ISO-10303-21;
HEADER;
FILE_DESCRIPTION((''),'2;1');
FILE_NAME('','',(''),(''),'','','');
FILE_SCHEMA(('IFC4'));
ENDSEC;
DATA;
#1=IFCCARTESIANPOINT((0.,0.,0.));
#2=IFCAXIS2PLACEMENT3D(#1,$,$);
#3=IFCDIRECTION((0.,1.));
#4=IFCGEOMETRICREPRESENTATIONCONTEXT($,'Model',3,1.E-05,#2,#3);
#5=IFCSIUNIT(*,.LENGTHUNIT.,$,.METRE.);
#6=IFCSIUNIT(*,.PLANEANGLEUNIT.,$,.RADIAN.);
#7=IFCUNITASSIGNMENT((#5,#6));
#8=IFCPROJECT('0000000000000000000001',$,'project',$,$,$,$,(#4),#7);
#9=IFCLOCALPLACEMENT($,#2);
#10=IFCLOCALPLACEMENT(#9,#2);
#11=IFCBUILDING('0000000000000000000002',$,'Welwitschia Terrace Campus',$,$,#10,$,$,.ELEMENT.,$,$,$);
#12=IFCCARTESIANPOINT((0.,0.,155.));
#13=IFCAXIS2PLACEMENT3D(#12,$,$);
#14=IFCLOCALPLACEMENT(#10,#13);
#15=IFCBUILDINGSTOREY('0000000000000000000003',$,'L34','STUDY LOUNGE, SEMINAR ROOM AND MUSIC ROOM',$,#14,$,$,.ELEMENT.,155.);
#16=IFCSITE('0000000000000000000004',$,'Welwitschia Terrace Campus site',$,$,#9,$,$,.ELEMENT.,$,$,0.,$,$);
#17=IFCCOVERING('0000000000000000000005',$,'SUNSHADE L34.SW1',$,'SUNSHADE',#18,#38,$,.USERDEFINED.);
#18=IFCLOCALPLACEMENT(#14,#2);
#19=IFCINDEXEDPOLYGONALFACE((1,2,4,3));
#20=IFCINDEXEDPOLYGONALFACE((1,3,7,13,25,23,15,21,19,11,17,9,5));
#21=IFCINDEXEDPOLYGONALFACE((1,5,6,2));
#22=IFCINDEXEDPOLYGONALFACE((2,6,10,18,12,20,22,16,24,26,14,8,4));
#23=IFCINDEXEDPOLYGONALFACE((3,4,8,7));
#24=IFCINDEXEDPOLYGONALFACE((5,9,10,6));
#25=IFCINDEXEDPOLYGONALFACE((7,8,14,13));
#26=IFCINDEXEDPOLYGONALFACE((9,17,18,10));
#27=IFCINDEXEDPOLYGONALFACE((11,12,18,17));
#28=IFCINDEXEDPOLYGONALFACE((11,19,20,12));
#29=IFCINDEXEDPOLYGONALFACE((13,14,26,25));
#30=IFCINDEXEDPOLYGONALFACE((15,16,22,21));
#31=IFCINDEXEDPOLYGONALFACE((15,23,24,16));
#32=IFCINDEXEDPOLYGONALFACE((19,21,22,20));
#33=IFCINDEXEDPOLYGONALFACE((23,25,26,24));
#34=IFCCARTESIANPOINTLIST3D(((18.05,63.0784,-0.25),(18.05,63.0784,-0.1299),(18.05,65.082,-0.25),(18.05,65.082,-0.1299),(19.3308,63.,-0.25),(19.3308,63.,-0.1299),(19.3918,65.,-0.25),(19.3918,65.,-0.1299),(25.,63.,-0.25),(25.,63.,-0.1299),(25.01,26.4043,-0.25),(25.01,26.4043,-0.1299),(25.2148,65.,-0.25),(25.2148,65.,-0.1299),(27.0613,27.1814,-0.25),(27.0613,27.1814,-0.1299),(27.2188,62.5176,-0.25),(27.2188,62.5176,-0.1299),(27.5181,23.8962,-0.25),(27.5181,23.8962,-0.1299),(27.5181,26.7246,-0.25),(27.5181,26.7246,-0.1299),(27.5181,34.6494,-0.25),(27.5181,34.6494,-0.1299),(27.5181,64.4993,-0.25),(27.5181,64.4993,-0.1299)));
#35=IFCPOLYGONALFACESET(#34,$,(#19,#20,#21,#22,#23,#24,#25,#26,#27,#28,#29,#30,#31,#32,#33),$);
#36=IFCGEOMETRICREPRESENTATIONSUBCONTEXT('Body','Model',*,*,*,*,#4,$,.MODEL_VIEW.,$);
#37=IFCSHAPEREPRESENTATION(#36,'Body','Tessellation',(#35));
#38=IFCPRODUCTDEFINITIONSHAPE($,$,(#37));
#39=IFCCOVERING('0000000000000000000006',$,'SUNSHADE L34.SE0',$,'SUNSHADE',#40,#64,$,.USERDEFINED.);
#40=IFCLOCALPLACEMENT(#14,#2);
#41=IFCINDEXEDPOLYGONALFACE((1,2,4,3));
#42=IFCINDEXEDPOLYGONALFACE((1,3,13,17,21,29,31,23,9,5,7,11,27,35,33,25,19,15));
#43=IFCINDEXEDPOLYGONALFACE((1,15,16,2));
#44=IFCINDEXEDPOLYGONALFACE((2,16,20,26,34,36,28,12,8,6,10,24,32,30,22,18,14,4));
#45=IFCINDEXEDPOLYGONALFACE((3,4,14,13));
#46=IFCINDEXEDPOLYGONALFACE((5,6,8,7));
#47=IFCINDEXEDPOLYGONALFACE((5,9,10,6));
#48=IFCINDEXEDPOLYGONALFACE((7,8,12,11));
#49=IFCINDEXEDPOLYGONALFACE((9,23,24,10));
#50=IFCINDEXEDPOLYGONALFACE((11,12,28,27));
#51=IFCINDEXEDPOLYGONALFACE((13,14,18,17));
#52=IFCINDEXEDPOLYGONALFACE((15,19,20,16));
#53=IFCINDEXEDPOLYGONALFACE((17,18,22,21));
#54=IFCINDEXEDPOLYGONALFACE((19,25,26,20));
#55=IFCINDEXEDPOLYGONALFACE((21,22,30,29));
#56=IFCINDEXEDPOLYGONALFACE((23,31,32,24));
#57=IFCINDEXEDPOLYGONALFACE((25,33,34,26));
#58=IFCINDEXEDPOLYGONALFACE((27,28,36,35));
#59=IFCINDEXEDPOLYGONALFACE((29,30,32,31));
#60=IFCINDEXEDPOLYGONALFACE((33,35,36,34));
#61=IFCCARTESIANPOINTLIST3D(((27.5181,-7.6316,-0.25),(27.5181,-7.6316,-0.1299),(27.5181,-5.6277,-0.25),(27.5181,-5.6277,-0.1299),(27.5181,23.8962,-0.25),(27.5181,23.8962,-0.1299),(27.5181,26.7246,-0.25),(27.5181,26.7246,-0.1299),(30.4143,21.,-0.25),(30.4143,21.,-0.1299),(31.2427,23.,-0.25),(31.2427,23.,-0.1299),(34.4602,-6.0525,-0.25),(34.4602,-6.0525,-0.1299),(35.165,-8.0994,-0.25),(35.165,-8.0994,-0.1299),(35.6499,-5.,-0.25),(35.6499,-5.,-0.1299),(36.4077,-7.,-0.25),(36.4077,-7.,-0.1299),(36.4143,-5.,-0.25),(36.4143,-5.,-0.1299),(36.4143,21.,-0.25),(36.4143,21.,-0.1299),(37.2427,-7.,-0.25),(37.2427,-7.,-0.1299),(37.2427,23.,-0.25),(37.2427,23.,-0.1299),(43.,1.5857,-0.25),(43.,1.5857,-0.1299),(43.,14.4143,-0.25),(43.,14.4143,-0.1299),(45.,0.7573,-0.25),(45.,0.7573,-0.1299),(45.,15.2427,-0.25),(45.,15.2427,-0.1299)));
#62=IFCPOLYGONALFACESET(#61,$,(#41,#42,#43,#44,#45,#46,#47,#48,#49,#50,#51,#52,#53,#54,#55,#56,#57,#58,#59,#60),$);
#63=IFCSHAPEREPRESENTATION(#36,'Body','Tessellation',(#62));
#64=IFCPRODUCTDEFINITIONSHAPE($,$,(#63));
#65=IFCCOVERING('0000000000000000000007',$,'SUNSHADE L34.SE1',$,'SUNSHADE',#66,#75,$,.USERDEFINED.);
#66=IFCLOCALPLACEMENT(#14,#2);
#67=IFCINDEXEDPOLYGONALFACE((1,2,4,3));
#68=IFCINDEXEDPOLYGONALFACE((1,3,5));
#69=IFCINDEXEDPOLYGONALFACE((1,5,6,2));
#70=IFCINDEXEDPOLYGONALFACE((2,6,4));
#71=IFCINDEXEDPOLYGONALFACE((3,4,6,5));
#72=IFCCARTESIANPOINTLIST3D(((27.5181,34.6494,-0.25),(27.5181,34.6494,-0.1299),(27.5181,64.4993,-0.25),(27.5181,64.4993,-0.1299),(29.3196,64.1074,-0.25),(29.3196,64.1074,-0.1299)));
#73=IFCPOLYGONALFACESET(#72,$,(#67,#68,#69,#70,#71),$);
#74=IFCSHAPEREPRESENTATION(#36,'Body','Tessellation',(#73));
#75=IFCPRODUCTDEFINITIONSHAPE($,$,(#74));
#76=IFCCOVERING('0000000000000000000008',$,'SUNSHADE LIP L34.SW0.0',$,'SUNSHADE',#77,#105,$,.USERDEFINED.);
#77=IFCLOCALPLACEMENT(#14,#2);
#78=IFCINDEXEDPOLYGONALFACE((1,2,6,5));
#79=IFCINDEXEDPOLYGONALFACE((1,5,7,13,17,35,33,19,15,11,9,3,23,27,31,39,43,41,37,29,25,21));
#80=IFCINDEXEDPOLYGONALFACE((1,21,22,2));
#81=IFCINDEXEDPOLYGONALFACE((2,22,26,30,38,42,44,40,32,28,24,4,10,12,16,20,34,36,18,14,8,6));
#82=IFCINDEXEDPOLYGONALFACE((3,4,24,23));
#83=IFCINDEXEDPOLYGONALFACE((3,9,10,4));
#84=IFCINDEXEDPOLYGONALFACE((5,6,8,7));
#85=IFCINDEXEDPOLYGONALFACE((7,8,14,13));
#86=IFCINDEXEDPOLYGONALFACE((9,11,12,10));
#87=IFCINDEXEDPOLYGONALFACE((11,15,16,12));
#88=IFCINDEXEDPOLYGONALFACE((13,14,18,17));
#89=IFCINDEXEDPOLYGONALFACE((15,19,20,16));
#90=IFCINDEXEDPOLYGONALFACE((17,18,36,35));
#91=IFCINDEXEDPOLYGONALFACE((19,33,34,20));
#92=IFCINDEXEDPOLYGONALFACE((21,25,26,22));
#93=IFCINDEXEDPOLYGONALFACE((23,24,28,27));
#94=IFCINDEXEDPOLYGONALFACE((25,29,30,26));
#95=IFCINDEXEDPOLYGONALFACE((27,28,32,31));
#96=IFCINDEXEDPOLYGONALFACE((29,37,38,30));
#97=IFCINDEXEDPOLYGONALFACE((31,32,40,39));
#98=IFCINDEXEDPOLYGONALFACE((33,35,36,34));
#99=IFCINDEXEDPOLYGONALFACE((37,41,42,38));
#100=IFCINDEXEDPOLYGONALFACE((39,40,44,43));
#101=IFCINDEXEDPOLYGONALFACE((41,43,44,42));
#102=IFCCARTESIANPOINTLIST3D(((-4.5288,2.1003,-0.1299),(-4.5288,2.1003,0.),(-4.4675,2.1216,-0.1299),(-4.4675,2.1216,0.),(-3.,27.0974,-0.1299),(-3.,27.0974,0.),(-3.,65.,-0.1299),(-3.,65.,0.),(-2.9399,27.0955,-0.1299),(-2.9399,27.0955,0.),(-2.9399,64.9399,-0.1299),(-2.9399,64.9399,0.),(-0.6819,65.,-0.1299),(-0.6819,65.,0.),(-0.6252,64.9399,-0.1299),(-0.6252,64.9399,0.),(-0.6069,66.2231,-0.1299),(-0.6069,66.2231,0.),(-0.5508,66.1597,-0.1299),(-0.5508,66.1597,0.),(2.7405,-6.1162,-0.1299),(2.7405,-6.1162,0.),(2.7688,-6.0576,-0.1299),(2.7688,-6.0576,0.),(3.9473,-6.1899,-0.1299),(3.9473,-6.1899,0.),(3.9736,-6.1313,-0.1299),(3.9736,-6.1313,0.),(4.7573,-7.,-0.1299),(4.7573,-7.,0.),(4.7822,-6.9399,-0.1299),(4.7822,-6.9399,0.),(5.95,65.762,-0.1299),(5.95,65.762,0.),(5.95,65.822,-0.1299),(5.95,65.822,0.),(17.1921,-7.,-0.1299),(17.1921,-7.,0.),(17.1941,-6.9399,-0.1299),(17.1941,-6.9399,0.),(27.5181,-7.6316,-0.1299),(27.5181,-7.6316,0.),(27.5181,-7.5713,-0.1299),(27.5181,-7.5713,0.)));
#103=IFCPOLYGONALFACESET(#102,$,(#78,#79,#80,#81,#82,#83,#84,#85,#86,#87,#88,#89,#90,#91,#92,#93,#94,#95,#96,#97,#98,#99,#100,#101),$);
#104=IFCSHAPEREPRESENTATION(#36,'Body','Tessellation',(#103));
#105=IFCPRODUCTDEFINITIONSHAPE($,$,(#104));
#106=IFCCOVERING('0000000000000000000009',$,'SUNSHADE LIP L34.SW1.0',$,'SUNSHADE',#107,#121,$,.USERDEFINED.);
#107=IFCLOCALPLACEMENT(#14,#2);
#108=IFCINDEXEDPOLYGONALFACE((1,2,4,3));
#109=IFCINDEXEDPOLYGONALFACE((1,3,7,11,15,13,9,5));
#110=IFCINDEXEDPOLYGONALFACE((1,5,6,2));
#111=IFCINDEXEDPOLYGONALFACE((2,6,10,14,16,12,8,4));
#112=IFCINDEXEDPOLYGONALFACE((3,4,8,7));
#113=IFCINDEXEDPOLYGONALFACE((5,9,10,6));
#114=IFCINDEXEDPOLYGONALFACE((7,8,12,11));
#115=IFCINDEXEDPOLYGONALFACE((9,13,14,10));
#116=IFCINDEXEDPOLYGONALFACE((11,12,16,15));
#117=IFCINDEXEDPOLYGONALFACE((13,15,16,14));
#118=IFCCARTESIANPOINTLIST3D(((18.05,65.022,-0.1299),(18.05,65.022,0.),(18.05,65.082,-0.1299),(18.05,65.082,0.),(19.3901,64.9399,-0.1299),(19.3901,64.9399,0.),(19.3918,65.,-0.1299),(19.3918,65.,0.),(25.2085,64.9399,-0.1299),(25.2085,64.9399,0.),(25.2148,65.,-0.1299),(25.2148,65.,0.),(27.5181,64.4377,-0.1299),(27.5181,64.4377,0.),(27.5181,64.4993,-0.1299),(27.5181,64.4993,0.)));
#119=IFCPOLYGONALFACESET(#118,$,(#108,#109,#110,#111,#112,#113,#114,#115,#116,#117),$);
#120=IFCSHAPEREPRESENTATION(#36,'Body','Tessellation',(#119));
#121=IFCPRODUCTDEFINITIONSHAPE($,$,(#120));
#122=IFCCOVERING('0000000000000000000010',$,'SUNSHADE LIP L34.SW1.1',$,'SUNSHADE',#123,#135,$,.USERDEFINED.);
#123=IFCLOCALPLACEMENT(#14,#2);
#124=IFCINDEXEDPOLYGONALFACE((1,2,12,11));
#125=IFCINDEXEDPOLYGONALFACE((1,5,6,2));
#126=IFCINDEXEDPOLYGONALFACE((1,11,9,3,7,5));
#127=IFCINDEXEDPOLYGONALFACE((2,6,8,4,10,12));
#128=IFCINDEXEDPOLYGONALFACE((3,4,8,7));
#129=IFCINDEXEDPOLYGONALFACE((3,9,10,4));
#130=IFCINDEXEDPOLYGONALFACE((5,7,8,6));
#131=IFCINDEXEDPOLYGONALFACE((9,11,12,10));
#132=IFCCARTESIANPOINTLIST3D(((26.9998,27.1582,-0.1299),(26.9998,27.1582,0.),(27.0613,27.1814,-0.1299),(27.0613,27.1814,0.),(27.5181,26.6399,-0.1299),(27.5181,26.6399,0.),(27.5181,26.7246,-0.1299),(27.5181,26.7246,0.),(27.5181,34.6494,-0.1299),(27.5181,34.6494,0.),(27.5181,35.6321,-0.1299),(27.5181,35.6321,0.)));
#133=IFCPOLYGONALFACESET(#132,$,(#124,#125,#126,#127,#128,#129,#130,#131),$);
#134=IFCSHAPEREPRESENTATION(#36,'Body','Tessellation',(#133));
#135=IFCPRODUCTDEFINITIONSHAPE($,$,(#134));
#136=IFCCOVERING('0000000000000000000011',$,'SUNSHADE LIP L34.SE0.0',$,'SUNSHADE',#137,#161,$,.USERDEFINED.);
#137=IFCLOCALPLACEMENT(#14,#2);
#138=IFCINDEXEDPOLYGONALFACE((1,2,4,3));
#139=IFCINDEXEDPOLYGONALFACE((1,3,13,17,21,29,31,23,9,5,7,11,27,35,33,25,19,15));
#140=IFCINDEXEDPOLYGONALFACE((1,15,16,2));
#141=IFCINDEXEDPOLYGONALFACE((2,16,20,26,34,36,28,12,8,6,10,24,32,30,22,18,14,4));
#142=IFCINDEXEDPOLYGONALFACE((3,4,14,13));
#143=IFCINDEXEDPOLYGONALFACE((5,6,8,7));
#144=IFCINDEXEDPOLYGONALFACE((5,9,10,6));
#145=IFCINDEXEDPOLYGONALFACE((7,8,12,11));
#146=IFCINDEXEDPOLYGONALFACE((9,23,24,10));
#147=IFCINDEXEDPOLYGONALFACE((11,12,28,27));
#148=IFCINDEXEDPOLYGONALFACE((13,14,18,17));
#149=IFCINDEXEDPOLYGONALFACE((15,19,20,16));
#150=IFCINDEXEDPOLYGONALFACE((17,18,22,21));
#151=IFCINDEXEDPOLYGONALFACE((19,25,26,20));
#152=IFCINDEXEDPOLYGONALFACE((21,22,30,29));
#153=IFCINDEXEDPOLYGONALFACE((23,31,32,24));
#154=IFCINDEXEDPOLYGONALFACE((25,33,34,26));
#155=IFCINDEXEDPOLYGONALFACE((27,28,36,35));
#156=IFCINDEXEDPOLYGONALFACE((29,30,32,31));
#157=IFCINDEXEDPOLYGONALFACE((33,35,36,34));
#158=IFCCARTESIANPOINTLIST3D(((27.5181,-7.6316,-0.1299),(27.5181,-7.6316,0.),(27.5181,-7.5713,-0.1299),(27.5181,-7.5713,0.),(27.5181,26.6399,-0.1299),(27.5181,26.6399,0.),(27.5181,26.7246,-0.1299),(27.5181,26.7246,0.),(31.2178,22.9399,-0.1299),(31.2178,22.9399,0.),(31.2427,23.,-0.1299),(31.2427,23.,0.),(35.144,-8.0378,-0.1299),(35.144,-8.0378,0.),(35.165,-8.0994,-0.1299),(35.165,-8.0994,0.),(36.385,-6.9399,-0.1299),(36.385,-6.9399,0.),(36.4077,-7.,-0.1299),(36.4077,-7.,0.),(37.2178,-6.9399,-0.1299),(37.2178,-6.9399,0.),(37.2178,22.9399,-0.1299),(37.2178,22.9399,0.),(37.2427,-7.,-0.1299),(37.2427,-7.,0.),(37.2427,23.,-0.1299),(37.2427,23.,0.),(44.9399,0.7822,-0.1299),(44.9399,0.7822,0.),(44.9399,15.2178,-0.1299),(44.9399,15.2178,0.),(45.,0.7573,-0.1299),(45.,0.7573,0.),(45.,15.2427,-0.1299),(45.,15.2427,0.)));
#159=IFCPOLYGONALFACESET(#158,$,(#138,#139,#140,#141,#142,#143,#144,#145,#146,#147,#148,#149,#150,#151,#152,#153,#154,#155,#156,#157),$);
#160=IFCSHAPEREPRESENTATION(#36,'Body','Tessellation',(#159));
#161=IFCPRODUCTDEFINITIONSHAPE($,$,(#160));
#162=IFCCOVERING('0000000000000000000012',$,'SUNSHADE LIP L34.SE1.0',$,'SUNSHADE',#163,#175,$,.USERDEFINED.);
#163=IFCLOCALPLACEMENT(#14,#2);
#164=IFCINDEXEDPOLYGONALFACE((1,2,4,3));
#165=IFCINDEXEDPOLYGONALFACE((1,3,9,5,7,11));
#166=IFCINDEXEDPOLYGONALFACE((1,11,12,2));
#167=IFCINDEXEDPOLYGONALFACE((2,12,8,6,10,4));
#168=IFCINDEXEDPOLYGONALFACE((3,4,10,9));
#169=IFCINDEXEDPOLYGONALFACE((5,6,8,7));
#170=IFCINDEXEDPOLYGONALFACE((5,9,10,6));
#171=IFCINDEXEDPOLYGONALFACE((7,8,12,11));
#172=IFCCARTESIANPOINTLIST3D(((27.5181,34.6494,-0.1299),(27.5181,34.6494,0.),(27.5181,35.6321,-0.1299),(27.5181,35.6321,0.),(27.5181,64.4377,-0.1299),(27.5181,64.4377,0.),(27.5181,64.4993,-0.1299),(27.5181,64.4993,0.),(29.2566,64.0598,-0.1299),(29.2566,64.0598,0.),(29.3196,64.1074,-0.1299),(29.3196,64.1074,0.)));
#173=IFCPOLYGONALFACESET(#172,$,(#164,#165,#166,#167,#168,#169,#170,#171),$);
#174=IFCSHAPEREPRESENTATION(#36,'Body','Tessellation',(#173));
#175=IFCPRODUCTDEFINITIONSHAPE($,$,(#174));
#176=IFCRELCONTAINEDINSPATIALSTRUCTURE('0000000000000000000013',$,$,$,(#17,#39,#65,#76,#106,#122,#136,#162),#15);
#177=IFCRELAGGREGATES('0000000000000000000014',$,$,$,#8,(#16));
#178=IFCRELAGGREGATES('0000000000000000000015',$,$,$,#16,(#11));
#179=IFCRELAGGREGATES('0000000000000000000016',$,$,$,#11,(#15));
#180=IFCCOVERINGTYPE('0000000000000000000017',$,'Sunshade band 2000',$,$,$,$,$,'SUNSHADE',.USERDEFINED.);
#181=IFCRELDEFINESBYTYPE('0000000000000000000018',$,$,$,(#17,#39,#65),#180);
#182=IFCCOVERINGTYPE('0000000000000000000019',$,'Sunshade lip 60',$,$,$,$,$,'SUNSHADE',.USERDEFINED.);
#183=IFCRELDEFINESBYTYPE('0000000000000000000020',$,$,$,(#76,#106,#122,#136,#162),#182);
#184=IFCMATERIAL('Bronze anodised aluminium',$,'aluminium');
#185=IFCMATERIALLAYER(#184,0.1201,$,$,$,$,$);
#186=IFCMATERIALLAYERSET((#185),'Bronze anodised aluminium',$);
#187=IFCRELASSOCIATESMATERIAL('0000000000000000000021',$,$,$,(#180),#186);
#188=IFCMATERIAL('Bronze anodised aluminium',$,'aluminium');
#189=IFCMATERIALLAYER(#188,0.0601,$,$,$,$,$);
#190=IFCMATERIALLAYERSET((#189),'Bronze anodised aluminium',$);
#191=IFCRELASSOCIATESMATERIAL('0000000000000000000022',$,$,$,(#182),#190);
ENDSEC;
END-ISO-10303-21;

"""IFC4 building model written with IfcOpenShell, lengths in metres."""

from ifc_helpers import new_model, si_unit, direction, frame, origin, place, context, subcontext, project, spatial, polyline, outline, extrude, material, layer, layer_set, type_object, element, save


model = new_model("IFC4")

# Units and contexts
model_context = context("Model", 3, precision=1e-05, world=origin(), true_north=direction((0.0, 1.0)))
body_context = subcontext(model_context, "Body", "Model", "MODEL_VIEW")
ifc_project = project(units=[si_unit("LENGTHUNIT", "METRE"), si_unit("PLANEANGLEUNIT", "RADIAN")], contexts=[model_context])

# Site, building, storey
site_placement = place(None, origin())
site = spatial("IfcSite", under=ifc_project, at=site_placement, Name="Welwitschia Terrace Campus site", CompositionType="ELEMENT", RefElevation=0.0)
building_placement = place(site_placement, origin())
building = spatial("IfcBuilding", under=site, at=building_placement, Name="Welwitschia Terrace Campus", CompositionType="ELEMENT")
storey_placement = place(building_placement, frame((0.0, 0.0, 155.0)))
storey = spatial("IfcBuildingStorey", under=building, at=storey_placement, Name="L34", Description="STUDY LOUNGE, SEMINAR ROOM AND MUSIC ROOM", CompositionType="ELEMENT", Elevation=155.0)

# Coverings
ifc_material_1 = material(Name="Bronze anodised aluminium", Category="aluminium")
ifc_layer_1 = layer(ifc_material_1, 0.1201)
ifc_layer_set_1 = layer_set([ifc_layer_1], Name="Bronze anodised aluminium")
covering_type_1 = type_object("IfcCoveringType", Name="Sunshade band 2000", ElementType="SUNSHADE", PredefinedType="USERDEFINED", material=ifc_layer_set_1)
covering_1_placement = place(storey_placement, frame((0.0, 0.0, -0.25)))
element("IfcCovering", 1, at=covering_1_placement, inside=storey, type_object=covering_type_1, Name="SUNSHADE L34.SW1", ObjectType="SUNSHADE", PredefinedType="USERDEFINED", context=body_context, shape_type="SweptSolid", body=[
    extrude(outline(polyline([(25.01, 26.4043), (27.2188, 62.5176), (25.0, 63.0), (19.3308, 63.0), (18.05, 63.0784), (18.05, 65.082), (19.3918, 65.0), (25.2148, 65.0), (27.5181, 64.4993), (27.5181, 34.6494), (27.0613, 27.1814), (27.5181, 26.7246), (27.5181, 23.8962), (25.01, 26.4043)])), origin(), (0.0, 0.0, 1.0), 0.1201),
])
covering_2_placement = place(storey_placement, frame((0.0, 0.0, -0.25)))
element("IfcCovering", 2, at=covering_2_placement, inside=storey, type_object=covering_type_1, Name="SUNSHADE L34.SE0", ObjectType="SUNSHADE", PredefinedType="USERDEFINED", context=body_context, shape_type="SweptSolid", body=[
    extrude(outline(polyline([(34.4602, -6.0525), (35.6499, -5.0), (36.4143, -5.0), (43.0, 1.5857), (43.0, 14.4143), (36.4143, 21.0), (30.4143, 21.0), (27.5181, 23.8962), (27.5181, 26.7246), (31.2427, 23.0), (37.2427, 23.0), (45.0, 15.2427), (45.0, 0.7573), (37.2427, -7.0), (36.4077, -7.0), (35.165, -8.0994), (27.5181, -7.6316), (27.5181, -5.6277), (34.4602, -6.0525)])), origin(), (0.0, 0.0, 1.0), 0.1201),
])
covering_3_placement = place(storey_placement, frame((0.0, 0.0, -0.25)))
element("IfcCovering", 3, at=covering_3_placement, inside=storey, type_object=covering_type_1, Name="SUNSHADE L34.SE1", ObjectType="SUNSHADE", PredefinedType="USERDEFINED", context=body_context, shape_type="SweptSolid", body=[
    extrude(outline(polyline([(29.3196, 64.1074), (27.5181, 34.6494), (27.5181, 64.4993), (29.3196, 64.1074)])), origin(), (0.0, 0.0, 1.0), 0.1201),
])
ifc_material_2 = material(Name="Bronze anodised aluminium", Category="aluminium")
ifc_layer_2 = layer(ifc_material_2, 0.0601)
ifc_layer_set_2 = layer_set([ifc_layer_2], Name="Bronze anodised aluminium")
covering_type_2 = type_object("IfcCoveringType", Name="Sunshade lip 60", ElementType="SUNSHADE", PredefinedType="USERDEFINED", material=ifc_layer_set_2)
covering_4_placement = place(storey_placement, frame((0.0, 0.0, -0.1299)))
element("IfcCovering", 4, at=covering_4_placement, inside=storey, type_object=covering_type_2, Name="SUNSHADE LIP L34.SW0.0", ObjectType="SUNSHADE", PredefinedType="USERDEFINED", context=body_context, shape_type="SweptSolid", body=[
    extrude(outline(polyline([(5.95, 65.762), (-0.5508, 66.1597), (-0.6252, 64.9399), (-2.9399, 64.9399), (-2.9399, 27.0955), (-4.4675, 2.1216), (2.7688, -6.0576), (3.9736, -6.1313), (4.7822, -6.9399), (17.1941, -6.9399), (27.5181, -7.5713), (27.5181, -7.6316), (17.1921, -7.0), (4.7573, -7.0), (3.9473, -6.1899), (2.7405, -6.1162), (-4.5288, 2.1003), (-3.0, 27.0974), (-3.0, 65.0), (-0.6819, 65.0), (-0.6069, 66.2231), (5.95, 65.822), (5.95, 65.762)])), origin(), (0.0, 0.0, 1.0), 0.1299),
])
covering_5_placement = place(storey_placement, frame((0.0, 0.0, -0.1299)))
element("IfcCovering", 5, at=covering_5_placement, inside=storey, type_object=covering_type_2, Name="SUNSHADE LIP L34.SW1.0", ObjectType="SUNSHADE", PredefinedType="USERDEFINED", context=body_context, shape_type="SweptSolid", body=[
    extrude(outline(polyline([(18.05, 65.082), (19.3918, 65.0), (25.2148, 65.0), (27.5181, 64.4993), (27.5181, 64.4377), (25.2085, 64.9399), (19.3901, 64.9399), (18.05, 65.022), (18.05, 65.082)])), origin(), (0.0, 0.0, 1.0), 0.1299),
])
covering_6_placement = place(storey_placement, frame((0.0, 0.0, -0.1299)))
element("IfcCovering", 6, at=covering_6_placement, inside=storey, type_object=covering_type_2, Name="SUNSHADE LIP L34.SW1.1", ObjectType="SUNSHADE", PredefinedType="USERDEFINED", context=body_context, shape_type="SweptSolid", body=[
    extrude(outline(polyline([(27.5181, 34.6494), (27.0613, 27.1814), (27.5181, 26.7246), (27.5181, 26.6399), (26.9998, 27.1582), (27.5181, 35.6321), (27.5181, 34.6494)])), origin(), (0.0, 0.0, 1.0), 0.1299),
])
covering_7_placement = place(storey_placement, frame((0.0, 0.0, -0.1299)))
element("IfcCovering", 7, at=covering_7_placement, inside=storey, type_object=covering_type_2, Name="SUNSHADE LIP L34.SE0.0", ObjectType="SUNSHADE", PredefinedType="USERDEFINED", context=body_context, shape_type="SweptSolid", body=[
    extrude(outline(polyline([(27.5181, 26.7246), (31.2427, 23.0), (37.2427, 23.0), (45.0, 15.2427), (45.0, 0.7573), (37.2427, -7.0), (36.4077, -7.0), (35.165, -8.0994), (27.5181, -7.6316), (27.5181, -7.5713), (35.144, -8.0378), (36.385, -6.9399), (37.2178, -6.9399), (44.9399, 0.7822), (44.9399, 15.2178), (37.2178, 22.9399), (31.2178, 22.9399), (27.5181, 26.6399), (27.5181, 26.7246)])), origin(), (0.0, 0.0, 1.0), 0.1299),
])
covering_8_placement = place(storey_placement, frame((0.0, 0.0, -0.1299)))
element("IfcCovering", 8, at=covering_8_placement, inside=storey, type_object=covering_type_2, Name="SUNSHADE LIP L34.SE1.0", ObjectType="SUNSHADE", PredefinedType="USERDEFINED", context=body_context, shape_type="SweptSolid", body=[
    extrude(outline(polyline([(27.5181, 34.6494), (27.5181, 35.6321), (29.2566, 64.0598), (27.5181, 64.4377), (27.5181, 64.4993), (29.3196, 64.1074), (27.5181, 34.6494)])), origin(), (0.0, 0.0, 1.0), 0.1299),
])

save(model, "model.ifc")
